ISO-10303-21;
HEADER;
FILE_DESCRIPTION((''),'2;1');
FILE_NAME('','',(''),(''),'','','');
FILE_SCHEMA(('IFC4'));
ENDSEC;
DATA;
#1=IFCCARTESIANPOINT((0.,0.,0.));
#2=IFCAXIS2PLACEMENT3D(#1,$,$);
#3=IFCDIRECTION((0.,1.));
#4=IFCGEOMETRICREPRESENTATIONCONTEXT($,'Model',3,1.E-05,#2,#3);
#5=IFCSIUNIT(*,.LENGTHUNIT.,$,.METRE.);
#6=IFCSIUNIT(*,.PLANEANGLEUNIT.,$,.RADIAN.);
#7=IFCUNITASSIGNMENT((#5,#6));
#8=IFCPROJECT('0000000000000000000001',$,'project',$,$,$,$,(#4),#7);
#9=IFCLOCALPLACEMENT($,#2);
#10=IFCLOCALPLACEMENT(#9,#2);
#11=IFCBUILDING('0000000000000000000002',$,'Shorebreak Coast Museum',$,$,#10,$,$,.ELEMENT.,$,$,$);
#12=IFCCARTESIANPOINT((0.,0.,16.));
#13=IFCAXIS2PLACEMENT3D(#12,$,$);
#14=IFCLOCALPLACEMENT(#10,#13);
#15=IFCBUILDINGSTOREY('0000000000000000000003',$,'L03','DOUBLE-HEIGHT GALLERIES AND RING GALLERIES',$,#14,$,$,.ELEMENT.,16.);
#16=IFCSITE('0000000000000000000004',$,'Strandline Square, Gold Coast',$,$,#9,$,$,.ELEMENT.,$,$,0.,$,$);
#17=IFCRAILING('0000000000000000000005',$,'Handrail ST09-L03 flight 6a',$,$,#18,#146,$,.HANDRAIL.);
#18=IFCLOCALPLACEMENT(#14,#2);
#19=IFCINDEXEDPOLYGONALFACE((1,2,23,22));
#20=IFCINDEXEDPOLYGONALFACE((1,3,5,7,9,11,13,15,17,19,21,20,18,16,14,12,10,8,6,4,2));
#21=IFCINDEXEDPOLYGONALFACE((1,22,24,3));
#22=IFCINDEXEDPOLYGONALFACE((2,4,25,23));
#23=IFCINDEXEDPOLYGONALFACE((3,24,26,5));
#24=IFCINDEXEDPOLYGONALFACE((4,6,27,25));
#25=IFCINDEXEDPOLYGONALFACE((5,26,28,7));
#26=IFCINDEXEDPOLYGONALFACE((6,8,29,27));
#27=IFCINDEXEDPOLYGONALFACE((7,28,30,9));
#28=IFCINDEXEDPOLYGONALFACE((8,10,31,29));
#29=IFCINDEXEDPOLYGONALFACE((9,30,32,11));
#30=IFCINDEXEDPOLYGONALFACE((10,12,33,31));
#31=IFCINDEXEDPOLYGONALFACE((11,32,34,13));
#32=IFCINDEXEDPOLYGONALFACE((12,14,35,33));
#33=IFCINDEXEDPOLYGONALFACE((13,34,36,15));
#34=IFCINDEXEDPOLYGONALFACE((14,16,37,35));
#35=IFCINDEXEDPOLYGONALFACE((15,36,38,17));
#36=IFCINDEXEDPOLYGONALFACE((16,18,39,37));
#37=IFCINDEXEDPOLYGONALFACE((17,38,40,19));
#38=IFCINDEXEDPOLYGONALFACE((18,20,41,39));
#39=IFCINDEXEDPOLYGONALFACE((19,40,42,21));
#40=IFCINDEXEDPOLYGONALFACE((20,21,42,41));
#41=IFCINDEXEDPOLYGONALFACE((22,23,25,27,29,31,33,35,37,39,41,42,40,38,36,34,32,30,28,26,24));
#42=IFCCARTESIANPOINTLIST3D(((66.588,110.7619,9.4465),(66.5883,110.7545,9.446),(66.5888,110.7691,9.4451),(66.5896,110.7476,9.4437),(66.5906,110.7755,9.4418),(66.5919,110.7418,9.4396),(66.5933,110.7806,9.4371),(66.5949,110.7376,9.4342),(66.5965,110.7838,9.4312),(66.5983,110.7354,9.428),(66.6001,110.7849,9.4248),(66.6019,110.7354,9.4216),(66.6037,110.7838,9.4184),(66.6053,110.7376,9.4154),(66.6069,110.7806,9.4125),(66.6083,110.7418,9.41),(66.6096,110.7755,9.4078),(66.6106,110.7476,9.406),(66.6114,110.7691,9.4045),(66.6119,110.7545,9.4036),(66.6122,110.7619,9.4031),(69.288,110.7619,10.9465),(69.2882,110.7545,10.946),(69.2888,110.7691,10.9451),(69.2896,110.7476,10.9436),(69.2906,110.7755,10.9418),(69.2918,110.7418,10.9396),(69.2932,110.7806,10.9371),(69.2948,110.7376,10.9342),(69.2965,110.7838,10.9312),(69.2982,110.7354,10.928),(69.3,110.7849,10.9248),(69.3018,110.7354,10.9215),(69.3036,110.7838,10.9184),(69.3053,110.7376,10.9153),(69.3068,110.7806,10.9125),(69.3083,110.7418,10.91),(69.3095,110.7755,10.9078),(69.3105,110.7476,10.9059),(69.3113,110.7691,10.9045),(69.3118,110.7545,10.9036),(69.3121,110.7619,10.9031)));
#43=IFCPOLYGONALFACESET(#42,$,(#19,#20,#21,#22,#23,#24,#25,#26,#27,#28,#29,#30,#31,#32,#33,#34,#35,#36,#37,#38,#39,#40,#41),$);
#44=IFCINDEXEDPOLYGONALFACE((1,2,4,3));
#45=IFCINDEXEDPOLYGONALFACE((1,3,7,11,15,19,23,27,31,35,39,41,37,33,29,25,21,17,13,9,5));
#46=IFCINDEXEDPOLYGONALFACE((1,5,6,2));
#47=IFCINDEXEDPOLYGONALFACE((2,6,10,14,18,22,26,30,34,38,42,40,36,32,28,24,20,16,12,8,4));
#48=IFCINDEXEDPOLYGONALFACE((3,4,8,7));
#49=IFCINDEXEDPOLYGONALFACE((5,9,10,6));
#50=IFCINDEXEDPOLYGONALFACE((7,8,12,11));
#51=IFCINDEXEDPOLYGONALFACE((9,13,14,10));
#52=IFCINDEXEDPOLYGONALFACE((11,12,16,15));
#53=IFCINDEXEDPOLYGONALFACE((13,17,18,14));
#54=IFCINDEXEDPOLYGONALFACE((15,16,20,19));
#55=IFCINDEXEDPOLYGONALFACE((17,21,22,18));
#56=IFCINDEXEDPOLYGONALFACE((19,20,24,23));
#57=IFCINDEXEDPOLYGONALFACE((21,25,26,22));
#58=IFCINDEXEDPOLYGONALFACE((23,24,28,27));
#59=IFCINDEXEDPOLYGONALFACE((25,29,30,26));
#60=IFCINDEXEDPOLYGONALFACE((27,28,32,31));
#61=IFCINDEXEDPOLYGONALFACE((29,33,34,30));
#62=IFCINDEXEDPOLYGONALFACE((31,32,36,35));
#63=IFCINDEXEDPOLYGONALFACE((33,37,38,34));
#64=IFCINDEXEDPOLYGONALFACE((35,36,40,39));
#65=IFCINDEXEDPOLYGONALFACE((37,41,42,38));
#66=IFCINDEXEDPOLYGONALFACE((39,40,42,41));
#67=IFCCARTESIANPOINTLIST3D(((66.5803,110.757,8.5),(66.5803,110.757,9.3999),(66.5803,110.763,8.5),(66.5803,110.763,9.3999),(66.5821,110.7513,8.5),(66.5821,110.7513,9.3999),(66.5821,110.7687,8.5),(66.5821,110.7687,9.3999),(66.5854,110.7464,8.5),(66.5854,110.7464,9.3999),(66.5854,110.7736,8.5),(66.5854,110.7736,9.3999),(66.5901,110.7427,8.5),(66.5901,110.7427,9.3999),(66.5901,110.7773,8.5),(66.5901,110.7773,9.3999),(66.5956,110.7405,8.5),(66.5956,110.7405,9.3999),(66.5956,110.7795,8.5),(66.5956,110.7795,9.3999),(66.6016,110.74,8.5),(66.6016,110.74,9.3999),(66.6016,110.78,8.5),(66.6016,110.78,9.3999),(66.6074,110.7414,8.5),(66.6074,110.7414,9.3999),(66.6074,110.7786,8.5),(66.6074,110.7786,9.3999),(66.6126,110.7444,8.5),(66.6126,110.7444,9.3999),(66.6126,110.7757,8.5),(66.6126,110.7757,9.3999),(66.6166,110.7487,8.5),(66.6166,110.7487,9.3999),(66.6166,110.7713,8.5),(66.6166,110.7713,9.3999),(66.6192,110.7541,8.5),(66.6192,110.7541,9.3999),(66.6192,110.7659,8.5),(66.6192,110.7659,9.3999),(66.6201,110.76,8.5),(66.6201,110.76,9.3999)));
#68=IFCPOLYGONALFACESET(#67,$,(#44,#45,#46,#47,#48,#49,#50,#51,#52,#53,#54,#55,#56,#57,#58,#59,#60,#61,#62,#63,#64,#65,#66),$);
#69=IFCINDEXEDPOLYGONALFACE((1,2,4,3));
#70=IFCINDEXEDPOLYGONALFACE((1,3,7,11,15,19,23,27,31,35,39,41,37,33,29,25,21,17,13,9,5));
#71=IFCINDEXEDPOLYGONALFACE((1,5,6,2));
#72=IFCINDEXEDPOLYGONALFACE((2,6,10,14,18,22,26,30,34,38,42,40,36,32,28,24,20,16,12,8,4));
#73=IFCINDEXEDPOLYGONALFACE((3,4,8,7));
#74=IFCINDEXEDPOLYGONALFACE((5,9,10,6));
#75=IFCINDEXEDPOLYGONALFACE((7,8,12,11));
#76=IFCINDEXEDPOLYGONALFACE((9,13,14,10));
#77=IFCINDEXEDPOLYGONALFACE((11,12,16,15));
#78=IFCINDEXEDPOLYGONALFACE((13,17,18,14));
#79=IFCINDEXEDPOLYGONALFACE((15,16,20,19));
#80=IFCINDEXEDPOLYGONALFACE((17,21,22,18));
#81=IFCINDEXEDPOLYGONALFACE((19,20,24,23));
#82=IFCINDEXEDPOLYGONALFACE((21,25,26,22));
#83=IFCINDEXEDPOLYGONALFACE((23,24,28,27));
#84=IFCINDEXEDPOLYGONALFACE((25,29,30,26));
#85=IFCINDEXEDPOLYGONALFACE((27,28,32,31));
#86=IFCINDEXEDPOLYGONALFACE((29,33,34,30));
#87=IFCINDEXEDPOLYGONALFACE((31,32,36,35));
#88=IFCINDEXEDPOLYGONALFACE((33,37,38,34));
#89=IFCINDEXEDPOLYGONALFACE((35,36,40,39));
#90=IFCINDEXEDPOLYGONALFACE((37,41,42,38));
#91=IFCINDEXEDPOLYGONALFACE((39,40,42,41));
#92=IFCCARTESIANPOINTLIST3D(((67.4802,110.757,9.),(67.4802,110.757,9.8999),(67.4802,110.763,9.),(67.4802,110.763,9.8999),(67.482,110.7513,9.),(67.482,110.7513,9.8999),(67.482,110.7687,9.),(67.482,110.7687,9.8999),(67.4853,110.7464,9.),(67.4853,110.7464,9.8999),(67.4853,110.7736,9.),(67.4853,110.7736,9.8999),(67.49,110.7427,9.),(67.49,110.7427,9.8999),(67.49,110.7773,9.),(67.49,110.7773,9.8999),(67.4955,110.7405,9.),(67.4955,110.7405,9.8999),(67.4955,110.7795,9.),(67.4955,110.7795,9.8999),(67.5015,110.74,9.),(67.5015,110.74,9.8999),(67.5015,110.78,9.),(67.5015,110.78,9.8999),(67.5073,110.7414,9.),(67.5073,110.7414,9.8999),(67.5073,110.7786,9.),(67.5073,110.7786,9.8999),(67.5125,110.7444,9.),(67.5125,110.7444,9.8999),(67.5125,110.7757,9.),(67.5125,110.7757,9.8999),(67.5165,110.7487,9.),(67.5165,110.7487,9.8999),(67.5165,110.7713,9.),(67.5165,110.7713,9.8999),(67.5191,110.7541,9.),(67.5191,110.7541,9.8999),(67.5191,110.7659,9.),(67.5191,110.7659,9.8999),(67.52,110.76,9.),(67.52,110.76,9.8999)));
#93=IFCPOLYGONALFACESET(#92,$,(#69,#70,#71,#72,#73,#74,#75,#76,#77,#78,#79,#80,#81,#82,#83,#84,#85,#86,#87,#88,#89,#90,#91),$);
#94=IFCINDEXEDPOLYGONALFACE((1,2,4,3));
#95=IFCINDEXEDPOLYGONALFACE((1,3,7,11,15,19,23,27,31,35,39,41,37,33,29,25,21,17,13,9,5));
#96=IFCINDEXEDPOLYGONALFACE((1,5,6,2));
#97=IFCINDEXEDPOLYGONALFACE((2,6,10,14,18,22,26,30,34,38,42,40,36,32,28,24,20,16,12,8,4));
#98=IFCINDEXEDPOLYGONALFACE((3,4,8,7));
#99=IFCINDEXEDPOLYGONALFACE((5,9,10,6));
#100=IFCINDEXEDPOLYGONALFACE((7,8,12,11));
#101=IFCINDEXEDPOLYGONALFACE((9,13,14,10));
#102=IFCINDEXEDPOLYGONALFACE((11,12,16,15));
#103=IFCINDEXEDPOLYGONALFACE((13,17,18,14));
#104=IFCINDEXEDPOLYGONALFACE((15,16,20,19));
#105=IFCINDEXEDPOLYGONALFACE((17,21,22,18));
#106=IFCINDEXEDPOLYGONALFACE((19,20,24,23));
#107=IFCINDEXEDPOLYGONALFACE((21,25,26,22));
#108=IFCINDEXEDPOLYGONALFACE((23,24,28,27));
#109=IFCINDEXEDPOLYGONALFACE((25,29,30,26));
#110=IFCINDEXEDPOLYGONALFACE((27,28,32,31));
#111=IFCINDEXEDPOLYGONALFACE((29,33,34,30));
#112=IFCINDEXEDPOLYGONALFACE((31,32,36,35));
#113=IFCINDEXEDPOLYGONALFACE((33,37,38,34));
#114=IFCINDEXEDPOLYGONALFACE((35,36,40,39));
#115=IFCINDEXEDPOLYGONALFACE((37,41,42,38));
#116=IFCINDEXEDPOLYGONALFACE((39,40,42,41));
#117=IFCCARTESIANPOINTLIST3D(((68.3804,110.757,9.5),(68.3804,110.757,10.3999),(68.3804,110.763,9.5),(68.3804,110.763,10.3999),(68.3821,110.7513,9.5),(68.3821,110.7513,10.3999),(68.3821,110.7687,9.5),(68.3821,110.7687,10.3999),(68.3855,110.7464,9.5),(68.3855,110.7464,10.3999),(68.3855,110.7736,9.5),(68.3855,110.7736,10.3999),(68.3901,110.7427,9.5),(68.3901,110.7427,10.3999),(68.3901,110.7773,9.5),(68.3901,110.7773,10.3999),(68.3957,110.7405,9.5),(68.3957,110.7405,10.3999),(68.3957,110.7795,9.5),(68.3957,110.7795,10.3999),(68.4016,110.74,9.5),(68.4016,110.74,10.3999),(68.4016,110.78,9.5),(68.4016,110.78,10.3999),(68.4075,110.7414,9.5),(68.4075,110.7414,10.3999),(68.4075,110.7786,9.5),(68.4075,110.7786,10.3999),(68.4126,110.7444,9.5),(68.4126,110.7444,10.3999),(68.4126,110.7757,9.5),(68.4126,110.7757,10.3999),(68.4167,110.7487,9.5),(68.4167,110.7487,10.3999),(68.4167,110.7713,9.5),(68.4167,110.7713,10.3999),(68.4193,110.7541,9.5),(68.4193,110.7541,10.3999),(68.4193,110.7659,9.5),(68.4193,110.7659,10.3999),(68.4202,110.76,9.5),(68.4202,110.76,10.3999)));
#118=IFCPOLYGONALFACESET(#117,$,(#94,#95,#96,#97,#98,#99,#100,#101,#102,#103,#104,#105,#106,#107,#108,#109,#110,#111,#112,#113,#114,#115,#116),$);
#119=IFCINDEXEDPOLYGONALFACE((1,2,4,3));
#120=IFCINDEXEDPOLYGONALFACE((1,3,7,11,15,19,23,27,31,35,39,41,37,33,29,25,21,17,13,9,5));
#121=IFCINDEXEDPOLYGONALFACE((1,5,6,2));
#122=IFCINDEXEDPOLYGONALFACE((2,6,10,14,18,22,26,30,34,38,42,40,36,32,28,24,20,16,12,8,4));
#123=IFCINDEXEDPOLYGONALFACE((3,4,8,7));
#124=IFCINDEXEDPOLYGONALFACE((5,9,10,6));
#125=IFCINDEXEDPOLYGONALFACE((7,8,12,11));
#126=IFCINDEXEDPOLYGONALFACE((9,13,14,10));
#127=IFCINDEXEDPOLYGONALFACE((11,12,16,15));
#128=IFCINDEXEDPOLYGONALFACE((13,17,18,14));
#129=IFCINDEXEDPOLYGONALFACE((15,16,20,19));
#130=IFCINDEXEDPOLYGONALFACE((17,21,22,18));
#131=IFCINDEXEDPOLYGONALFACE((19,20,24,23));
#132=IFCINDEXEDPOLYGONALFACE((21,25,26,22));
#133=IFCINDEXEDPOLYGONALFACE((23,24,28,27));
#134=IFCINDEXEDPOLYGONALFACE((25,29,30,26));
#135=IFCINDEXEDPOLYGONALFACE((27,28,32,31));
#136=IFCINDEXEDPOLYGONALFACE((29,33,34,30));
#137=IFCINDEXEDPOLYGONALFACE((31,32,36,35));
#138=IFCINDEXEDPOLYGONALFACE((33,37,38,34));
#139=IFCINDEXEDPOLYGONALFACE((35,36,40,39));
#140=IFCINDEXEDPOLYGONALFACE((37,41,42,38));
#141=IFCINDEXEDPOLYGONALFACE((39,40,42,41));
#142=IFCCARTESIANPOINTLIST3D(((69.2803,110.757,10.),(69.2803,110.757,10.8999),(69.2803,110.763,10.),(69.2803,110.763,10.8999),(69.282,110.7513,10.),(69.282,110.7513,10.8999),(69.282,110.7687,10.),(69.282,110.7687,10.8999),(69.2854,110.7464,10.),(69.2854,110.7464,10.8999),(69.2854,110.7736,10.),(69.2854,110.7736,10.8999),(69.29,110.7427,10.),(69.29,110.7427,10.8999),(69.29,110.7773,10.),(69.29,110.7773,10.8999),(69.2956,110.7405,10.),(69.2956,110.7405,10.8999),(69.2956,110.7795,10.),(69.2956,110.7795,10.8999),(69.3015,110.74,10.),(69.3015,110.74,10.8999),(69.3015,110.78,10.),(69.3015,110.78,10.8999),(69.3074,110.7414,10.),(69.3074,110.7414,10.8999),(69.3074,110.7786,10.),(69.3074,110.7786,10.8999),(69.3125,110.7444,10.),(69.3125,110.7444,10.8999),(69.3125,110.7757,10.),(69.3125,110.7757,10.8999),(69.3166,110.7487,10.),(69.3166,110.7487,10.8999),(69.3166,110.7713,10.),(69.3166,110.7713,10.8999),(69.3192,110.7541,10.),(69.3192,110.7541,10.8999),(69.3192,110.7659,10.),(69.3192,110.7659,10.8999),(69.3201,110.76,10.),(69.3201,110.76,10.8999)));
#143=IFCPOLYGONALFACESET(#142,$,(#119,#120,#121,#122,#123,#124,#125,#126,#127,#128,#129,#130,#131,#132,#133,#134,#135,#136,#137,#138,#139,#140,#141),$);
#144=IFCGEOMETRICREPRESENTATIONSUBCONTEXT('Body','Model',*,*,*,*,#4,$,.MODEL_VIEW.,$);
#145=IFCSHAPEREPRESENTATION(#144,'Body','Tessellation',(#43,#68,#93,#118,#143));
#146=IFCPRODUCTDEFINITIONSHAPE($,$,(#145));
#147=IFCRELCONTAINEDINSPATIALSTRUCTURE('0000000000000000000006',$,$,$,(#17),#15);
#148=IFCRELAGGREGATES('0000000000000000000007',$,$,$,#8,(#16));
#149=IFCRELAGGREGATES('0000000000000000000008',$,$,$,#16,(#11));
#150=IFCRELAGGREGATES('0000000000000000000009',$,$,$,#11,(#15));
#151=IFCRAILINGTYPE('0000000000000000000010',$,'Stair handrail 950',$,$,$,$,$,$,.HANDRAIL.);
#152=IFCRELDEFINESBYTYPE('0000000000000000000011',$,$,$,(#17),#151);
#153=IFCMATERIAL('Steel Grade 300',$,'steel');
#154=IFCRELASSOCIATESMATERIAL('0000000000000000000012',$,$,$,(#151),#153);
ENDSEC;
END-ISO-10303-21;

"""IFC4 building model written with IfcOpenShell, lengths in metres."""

from ifc_helpers import new_model, si_unit, direction, frame, origin, origin_2d, place, context, subcontext, project, spatial, circle, extrude, material, type_object, element, save


model = new_model("IFC4")

# Units and contexts
model_context = context("Model", 3, precision=1e-05, world=origin(), true_north=direction((0.0, 1.0)))
body_context = subcontext(model_context, "Body", "Model", "MODEL_VIEW")
ifc_project = project(units=[si_unit("LENGTHUNIT", "METRE"), si_unit("PLANEANGLEUNIT", "RADIAN")], contexts=[model_context])

# Site, building, storey
site_placement = place(None, origin())
site = spatial("IfcSite", under=ifc_project, at=site_placement, Name="Strandline Square, Gold Coast", CompositionType="ELEMENT", RefElevation=0.0)
building_placement = place(site_placement, origin())
building = spatial("IfcBuilding", under=site, at=building_placement, Name="Shorebreak Coast Museum", CompositionType="ELEMENT")
storey_placement = place(building_placement, frame((0.0, 0.0, 16.0)))
storey = spatial("IfcBuildingStorey", under=building, at=storey_placement, Name="L03", Description="DOUBLE-HEIGHT GALLERIES AND RING GALLERIES", CompositionType="ELEMENT", Elevation=16.0)

# Railing
ifc_material_1 = material(Name="Steel Grade 300", Category="steel")
railing_type_1 = type_object("IfcRailingType", Name="Stair handrail 950", PredefinedType="HANDRAIL", material=ifc_material_1)
for number, where, name in (
    (1, (66.6001, 110.76, 8.5), "Handrail ST09-L03 flight 6a"),
):
    element("IfcRailing", number, at=place(storey_placement, frame(where)), inside=storey, type_object=railing_type_1, Name=name, PredefinedType="HANDRAIL", context=body_context, shape_type="SweptSolid", body=[
        extrude(circle(Radius=0.0249, at=origin_2d()), frame((0.0, 0.0, 0.9248), z_axis=(0.874154, 0.0, 0.48565), x_axis=(0.0, 1.0, 0.0)), (0.0, 0.0, 1.0), 3.0886),
        extrude(circle(Radius=0.02, at=origin_2d()), origin(), (0.0, 0.0, 1.0), 0.8999),
        extrude(circle(Radius=0.02, at=origin_2d()), frame((0.8999, 0.0, 0.5)), (0.0, 0.0, 1.0), 0.8999),
        extrude(circle(Radius=0.02, at=origin_2d()), frame((1.8, 0.0, 1.0)), (0.0, 0.0, 1.0), 0.8999),
        extrude(circle(Radius=0.02, at=origin_2d()), frame((2.7, 0.0, 1.5)), (0.0, 0.0, 1.0), 0.8999),
    ])

save(model, "model.ifc")
